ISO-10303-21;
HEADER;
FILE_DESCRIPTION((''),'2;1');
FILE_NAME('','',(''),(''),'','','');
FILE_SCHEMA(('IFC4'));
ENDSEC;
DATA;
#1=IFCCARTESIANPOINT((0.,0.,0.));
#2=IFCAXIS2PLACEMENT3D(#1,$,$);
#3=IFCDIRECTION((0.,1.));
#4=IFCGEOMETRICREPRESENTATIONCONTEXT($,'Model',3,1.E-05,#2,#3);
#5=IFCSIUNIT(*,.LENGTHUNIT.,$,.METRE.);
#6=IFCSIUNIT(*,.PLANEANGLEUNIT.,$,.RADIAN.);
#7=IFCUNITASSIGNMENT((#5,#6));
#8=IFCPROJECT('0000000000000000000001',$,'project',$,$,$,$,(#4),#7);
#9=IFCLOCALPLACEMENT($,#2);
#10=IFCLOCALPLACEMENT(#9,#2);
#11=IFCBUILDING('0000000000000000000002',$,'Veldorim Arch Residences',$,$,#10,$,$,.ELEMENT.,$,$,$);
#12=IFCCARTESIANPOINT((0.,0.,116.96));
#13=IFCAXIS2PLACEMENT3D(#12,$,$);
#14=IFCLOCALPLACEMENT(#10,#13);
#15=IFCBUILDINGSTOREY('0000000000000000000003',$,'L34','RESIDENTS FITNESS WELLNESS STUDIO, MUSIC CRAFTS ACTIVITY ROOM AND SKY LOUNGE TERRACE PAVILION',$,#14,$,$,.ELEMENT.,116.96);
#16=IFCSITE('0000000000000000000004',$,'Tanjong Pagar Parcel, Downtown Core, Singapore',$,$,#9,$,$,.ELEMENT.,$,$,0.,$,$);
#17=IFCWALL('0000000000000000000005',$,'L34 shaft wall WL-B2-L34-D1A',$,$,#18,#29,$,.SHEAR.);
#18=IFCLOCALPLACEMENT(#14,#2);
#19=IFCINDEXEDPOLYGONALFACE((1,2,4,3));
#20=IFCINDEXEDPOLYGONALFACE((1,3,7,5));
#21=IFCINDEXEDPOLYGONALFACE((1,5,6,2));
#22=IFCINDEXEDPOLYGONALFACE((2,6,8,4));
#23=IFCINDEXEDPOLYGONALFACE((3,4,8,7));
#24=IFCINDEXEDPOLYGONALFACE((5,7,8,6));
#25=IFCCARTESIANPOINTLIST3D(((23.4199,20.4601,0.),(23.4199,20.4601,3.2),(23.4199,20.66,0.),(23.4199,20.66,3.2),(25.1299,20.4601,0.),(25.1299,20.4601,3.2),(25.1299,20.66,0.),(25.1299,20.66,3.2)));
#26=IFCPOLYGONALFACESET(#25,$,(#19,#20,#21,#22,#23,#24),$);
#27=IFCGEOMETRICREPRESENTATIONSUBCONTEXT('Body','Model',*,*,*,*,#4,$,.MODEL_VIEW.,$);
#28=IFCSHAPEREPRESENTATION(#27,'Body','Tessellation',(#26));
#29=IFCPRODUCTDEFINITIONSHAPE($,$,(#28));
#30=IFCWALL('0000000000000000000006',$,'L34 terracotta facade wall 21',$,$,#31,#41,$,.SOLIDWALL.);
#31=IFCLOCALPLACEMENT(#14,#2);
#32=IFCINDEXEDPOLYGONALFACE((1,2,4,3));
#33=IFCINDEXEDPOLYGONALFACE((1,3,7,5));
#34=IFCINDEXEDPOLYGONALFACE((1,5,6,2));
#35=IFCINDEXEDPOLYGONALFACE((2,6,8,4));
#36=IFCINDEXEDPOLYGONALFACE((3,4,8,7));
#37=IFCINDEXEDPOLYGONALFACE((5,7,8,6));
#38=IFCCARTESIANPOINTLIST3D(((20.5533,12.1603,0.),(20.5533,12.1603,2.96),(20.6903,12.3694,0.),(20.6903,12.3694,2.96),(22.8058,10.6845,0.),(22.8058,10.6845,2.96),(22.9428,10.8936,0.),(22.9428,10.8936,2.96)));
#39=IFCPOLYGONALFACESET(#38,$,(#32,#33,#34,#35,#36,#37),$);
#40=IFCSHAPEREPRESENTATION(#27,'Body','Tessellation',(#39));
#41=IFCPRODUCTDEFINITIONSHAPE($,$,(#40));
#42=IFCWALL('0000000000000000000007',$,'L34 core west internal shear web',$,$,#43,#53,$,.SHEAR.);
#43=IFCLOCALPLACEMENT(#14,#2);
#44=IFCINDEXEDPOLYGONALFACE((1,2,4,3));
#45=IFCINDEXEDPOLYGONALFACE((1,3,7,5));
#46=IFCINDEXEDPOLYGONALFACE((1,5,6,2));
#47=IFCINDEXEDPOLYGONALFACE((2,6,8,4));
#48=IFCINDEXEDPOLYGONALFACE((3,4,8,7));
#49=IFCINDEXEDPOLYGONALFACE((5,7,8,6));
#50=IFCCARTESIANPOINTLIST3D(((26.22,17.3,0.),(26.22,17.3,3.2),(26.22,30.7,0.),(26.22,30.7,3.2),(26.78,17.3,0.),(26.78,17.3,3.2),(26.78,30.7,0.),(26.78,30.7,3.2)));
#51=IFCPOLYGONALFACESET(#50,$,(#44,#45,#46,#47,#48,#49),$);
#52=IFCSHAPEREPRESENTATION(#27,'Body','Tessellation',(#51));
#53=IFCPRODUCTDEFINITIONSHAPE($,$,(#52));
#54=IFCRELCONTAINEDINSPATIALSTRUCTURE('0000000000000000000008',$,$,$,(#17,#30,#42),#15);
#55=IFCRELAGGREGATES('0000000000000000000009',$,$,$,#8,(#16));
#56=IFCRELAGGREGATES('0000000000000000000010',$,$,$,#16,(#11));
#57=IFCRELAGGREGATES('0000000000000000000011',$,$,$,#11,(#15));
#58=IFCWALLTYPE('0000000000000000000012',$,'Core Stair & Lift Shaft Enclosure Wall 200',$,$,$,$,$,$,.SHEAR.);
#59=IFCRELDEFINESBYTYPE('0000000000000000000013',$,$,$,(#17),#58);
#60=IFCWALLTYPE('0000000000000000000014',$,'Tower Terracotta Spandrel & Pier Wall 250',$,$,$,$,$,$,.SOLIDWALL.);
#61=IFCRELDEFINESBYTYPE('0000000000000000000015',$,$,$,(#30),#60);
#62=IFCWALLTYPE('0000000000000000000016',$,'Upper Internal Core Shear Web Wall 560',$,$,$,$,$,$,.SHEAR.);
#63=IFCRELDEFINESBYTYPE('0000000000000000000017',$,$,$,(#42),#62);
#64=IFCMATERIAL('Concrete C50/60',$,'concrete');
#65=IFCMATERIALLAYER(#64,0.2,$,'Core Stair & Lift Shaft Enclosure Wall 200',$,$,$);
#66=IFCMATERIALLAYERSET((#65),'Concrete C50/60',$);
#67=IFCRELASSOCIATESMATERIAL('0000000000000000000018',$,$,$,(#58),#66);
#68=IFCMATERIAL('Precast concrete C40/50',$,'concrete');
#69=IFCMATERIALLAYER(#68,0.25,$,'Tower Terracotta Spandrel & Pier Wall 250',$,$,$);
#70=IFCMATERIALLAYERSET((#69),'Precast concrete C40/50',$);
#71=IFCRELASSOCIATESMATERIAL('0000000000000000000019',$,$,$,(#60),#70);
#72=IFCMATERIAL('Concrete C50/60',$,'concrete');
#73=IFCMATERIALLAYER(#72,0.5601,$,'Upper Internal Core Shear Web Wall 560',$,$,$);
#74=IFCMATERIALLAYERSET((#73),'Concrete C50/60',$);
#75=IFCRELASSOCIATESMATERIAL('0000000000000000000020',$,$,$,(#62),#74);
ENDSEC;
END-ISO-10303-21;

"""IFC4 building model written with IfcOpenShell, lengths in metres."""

from ifc_helpers import new_model, si_unit, direction, frame, frame_2d, origin, place, context, subcontext, project, spatial, rectangle, extrude, material, layer, layer_set, type_object, element, save


model = new_model("IFC4")

# Units and contexts
model_context = context("Model", 3, precision=1e-05, world=origin(), true_north=direction((0.0, 1.0)))
body_context = subcontext(model_context, "Body", "Model", "MODEL_VIEW")
ifc_project = project(units=[si_unit("LENGTHUNIT", "METRE"), si_unit("PLANEANGLEUNIT", "RADIAN")], contexts=[model_context])

# Site, building, storey
site_placement = place(None, origin())
site = spatial("IfcSite", under=ifc_project, at=site_placement, Name="Tanjong Pagar Parcel, Downtown Core, Singapore", CompositionType="ELEMENT", RefElevation=0.0)
building_placement = place(site_placement, origin())
building = spatial("IfcBuilding", under=site, at=building_placement, Name="Veldorim Arch Residences", CompositionType="ELEMENT")
storey_placement = place(building_placement, frame((0.0, 0.0, 116.96)))
storey = spatial("IfcBuildingStorey", under=building, at=storey_placement, Name="L34", Description="RESIDENTS FITNESS WELLNESS STUDIO, MUSIC CRAFTS ACTIVITY ROOM AND SKY LOUNGE TERRACE PAVILION", CompositionType="ELEMENT", Elevation=116.96)

# Shared definitions
ifc_material_1 = material(Name="Concrete C50/60", Category="concrete")
ifc_layer_1 = layer(ifc_material_1, 0.2, Name="Core Stair & Lift Shaft Enclosure Wall 200")
ifc_layer_set_1 = layer_set([ifc_layer_1], Name="Concrete C50/60")
wall_type_1 = type_object("IfcWallType", Name="Core Stair & Lift Shaft Enclosure Wall 200", PredefinedType="SHEAR", material=ifc_layer_set_1)

# Wall
for number, where, z_axis, x_axis, name in (
    (1, (23.4199, 20.5601, 0.0), (0.0, 0.0, 1.0), (1.0, 0.0, 0.0), "L34 shaft wall WL-B2-L34-D1A"),
):
    element("IfcWall", number, at=place(storey_placement, frame(where, z_axis=z_axis, x_axis=x_axis)), inside=storey, type_object=wall_type_1, Name=name, PredefinedType="SHEAR", context=body_context, shape_type="SweptSolid", body=[
        extrude(rectangle(XDim=1.71, YDim=0.2, at=frame_2d((0.855, 0.0))), origin(), (0.0, 0.0, 1.0), 3.2),
    ])

# Walls
ifc_material_2 = material(Name="Precast concrete C40/50", Category="concrete")
ifc_layer_2 = layer(ifc_material_2, 0.25, Name="Tower Terracotta Spandrel & Pier Wall 250")
ifc_layer_set_2 = layer_set([ifc_layer_2], Name="Precast concrete C40/50")
wall_type_2 = type_object("IfcWallType", Name="Tower Terracotta Spandrel & Pier Wall 250", PredefinedType="SOLIDWALL", material=ifc_layer_set_2)
wall_1_placement = place(storey_placement, frame((22.8743, 10.7891, 0.0), z_axis=(0.0, 0.0, 1.0), x_axis=(-0.836445, 0.54805, 0.0)))
element("IfcWall", 2, at=wall_1_placement, inside=storey, type_object=wall_type_2, Name="L34 terracotta facade wall 21", PredefinedType="SOLIDWALL", context=body_context, shape_type="SweptSolid", body=[
    extrude(rectangle(XDim=2.6929, YDim=0.25, at=frame_2d((1.3464, 0.0))), origin(), (0.0, 0.0, 1.0), 2.96),
])
ifc_material_3 = material(Name="Concrete C50/60", Category="concrete")
ifc_layer_3 = layer(ifc_material_3, 0.5601, Name="Upper Internal Core Shear Web Wall 560")
ifc_layer_set_3 = layer_set([ifc_layer_3], Name="Concrete C50/60")
wall_type_3 = type_object("IfcWallType", Name="Upper Internal Core Shear Web Wall 560", PredefinedType="SHEAR", material=ifc_layer_set_3)
wall_2_placement = place(storey_placement, frame((26.5, 17.3, 0.0), z_axis=(0.0, 0.0, 1.0), x_axis=(0.0, 1.0, 0.0)))
element("IfcWall", 3, at=wall_2_placement, inside=storey, type_object=wall_type_3, Name="L34 core west internal shear web", PredefinedType="SHEAR", context=body_context, shape_type="SweptSolid", body=[
    extrude(rectangle(XDim=13.3999, YDim=0.5601, at=frame_2d((6.7, 0.0))), origin(), (0.0, 0.0, 1.0), 3.2),
])

save(model, "model.ifc")
